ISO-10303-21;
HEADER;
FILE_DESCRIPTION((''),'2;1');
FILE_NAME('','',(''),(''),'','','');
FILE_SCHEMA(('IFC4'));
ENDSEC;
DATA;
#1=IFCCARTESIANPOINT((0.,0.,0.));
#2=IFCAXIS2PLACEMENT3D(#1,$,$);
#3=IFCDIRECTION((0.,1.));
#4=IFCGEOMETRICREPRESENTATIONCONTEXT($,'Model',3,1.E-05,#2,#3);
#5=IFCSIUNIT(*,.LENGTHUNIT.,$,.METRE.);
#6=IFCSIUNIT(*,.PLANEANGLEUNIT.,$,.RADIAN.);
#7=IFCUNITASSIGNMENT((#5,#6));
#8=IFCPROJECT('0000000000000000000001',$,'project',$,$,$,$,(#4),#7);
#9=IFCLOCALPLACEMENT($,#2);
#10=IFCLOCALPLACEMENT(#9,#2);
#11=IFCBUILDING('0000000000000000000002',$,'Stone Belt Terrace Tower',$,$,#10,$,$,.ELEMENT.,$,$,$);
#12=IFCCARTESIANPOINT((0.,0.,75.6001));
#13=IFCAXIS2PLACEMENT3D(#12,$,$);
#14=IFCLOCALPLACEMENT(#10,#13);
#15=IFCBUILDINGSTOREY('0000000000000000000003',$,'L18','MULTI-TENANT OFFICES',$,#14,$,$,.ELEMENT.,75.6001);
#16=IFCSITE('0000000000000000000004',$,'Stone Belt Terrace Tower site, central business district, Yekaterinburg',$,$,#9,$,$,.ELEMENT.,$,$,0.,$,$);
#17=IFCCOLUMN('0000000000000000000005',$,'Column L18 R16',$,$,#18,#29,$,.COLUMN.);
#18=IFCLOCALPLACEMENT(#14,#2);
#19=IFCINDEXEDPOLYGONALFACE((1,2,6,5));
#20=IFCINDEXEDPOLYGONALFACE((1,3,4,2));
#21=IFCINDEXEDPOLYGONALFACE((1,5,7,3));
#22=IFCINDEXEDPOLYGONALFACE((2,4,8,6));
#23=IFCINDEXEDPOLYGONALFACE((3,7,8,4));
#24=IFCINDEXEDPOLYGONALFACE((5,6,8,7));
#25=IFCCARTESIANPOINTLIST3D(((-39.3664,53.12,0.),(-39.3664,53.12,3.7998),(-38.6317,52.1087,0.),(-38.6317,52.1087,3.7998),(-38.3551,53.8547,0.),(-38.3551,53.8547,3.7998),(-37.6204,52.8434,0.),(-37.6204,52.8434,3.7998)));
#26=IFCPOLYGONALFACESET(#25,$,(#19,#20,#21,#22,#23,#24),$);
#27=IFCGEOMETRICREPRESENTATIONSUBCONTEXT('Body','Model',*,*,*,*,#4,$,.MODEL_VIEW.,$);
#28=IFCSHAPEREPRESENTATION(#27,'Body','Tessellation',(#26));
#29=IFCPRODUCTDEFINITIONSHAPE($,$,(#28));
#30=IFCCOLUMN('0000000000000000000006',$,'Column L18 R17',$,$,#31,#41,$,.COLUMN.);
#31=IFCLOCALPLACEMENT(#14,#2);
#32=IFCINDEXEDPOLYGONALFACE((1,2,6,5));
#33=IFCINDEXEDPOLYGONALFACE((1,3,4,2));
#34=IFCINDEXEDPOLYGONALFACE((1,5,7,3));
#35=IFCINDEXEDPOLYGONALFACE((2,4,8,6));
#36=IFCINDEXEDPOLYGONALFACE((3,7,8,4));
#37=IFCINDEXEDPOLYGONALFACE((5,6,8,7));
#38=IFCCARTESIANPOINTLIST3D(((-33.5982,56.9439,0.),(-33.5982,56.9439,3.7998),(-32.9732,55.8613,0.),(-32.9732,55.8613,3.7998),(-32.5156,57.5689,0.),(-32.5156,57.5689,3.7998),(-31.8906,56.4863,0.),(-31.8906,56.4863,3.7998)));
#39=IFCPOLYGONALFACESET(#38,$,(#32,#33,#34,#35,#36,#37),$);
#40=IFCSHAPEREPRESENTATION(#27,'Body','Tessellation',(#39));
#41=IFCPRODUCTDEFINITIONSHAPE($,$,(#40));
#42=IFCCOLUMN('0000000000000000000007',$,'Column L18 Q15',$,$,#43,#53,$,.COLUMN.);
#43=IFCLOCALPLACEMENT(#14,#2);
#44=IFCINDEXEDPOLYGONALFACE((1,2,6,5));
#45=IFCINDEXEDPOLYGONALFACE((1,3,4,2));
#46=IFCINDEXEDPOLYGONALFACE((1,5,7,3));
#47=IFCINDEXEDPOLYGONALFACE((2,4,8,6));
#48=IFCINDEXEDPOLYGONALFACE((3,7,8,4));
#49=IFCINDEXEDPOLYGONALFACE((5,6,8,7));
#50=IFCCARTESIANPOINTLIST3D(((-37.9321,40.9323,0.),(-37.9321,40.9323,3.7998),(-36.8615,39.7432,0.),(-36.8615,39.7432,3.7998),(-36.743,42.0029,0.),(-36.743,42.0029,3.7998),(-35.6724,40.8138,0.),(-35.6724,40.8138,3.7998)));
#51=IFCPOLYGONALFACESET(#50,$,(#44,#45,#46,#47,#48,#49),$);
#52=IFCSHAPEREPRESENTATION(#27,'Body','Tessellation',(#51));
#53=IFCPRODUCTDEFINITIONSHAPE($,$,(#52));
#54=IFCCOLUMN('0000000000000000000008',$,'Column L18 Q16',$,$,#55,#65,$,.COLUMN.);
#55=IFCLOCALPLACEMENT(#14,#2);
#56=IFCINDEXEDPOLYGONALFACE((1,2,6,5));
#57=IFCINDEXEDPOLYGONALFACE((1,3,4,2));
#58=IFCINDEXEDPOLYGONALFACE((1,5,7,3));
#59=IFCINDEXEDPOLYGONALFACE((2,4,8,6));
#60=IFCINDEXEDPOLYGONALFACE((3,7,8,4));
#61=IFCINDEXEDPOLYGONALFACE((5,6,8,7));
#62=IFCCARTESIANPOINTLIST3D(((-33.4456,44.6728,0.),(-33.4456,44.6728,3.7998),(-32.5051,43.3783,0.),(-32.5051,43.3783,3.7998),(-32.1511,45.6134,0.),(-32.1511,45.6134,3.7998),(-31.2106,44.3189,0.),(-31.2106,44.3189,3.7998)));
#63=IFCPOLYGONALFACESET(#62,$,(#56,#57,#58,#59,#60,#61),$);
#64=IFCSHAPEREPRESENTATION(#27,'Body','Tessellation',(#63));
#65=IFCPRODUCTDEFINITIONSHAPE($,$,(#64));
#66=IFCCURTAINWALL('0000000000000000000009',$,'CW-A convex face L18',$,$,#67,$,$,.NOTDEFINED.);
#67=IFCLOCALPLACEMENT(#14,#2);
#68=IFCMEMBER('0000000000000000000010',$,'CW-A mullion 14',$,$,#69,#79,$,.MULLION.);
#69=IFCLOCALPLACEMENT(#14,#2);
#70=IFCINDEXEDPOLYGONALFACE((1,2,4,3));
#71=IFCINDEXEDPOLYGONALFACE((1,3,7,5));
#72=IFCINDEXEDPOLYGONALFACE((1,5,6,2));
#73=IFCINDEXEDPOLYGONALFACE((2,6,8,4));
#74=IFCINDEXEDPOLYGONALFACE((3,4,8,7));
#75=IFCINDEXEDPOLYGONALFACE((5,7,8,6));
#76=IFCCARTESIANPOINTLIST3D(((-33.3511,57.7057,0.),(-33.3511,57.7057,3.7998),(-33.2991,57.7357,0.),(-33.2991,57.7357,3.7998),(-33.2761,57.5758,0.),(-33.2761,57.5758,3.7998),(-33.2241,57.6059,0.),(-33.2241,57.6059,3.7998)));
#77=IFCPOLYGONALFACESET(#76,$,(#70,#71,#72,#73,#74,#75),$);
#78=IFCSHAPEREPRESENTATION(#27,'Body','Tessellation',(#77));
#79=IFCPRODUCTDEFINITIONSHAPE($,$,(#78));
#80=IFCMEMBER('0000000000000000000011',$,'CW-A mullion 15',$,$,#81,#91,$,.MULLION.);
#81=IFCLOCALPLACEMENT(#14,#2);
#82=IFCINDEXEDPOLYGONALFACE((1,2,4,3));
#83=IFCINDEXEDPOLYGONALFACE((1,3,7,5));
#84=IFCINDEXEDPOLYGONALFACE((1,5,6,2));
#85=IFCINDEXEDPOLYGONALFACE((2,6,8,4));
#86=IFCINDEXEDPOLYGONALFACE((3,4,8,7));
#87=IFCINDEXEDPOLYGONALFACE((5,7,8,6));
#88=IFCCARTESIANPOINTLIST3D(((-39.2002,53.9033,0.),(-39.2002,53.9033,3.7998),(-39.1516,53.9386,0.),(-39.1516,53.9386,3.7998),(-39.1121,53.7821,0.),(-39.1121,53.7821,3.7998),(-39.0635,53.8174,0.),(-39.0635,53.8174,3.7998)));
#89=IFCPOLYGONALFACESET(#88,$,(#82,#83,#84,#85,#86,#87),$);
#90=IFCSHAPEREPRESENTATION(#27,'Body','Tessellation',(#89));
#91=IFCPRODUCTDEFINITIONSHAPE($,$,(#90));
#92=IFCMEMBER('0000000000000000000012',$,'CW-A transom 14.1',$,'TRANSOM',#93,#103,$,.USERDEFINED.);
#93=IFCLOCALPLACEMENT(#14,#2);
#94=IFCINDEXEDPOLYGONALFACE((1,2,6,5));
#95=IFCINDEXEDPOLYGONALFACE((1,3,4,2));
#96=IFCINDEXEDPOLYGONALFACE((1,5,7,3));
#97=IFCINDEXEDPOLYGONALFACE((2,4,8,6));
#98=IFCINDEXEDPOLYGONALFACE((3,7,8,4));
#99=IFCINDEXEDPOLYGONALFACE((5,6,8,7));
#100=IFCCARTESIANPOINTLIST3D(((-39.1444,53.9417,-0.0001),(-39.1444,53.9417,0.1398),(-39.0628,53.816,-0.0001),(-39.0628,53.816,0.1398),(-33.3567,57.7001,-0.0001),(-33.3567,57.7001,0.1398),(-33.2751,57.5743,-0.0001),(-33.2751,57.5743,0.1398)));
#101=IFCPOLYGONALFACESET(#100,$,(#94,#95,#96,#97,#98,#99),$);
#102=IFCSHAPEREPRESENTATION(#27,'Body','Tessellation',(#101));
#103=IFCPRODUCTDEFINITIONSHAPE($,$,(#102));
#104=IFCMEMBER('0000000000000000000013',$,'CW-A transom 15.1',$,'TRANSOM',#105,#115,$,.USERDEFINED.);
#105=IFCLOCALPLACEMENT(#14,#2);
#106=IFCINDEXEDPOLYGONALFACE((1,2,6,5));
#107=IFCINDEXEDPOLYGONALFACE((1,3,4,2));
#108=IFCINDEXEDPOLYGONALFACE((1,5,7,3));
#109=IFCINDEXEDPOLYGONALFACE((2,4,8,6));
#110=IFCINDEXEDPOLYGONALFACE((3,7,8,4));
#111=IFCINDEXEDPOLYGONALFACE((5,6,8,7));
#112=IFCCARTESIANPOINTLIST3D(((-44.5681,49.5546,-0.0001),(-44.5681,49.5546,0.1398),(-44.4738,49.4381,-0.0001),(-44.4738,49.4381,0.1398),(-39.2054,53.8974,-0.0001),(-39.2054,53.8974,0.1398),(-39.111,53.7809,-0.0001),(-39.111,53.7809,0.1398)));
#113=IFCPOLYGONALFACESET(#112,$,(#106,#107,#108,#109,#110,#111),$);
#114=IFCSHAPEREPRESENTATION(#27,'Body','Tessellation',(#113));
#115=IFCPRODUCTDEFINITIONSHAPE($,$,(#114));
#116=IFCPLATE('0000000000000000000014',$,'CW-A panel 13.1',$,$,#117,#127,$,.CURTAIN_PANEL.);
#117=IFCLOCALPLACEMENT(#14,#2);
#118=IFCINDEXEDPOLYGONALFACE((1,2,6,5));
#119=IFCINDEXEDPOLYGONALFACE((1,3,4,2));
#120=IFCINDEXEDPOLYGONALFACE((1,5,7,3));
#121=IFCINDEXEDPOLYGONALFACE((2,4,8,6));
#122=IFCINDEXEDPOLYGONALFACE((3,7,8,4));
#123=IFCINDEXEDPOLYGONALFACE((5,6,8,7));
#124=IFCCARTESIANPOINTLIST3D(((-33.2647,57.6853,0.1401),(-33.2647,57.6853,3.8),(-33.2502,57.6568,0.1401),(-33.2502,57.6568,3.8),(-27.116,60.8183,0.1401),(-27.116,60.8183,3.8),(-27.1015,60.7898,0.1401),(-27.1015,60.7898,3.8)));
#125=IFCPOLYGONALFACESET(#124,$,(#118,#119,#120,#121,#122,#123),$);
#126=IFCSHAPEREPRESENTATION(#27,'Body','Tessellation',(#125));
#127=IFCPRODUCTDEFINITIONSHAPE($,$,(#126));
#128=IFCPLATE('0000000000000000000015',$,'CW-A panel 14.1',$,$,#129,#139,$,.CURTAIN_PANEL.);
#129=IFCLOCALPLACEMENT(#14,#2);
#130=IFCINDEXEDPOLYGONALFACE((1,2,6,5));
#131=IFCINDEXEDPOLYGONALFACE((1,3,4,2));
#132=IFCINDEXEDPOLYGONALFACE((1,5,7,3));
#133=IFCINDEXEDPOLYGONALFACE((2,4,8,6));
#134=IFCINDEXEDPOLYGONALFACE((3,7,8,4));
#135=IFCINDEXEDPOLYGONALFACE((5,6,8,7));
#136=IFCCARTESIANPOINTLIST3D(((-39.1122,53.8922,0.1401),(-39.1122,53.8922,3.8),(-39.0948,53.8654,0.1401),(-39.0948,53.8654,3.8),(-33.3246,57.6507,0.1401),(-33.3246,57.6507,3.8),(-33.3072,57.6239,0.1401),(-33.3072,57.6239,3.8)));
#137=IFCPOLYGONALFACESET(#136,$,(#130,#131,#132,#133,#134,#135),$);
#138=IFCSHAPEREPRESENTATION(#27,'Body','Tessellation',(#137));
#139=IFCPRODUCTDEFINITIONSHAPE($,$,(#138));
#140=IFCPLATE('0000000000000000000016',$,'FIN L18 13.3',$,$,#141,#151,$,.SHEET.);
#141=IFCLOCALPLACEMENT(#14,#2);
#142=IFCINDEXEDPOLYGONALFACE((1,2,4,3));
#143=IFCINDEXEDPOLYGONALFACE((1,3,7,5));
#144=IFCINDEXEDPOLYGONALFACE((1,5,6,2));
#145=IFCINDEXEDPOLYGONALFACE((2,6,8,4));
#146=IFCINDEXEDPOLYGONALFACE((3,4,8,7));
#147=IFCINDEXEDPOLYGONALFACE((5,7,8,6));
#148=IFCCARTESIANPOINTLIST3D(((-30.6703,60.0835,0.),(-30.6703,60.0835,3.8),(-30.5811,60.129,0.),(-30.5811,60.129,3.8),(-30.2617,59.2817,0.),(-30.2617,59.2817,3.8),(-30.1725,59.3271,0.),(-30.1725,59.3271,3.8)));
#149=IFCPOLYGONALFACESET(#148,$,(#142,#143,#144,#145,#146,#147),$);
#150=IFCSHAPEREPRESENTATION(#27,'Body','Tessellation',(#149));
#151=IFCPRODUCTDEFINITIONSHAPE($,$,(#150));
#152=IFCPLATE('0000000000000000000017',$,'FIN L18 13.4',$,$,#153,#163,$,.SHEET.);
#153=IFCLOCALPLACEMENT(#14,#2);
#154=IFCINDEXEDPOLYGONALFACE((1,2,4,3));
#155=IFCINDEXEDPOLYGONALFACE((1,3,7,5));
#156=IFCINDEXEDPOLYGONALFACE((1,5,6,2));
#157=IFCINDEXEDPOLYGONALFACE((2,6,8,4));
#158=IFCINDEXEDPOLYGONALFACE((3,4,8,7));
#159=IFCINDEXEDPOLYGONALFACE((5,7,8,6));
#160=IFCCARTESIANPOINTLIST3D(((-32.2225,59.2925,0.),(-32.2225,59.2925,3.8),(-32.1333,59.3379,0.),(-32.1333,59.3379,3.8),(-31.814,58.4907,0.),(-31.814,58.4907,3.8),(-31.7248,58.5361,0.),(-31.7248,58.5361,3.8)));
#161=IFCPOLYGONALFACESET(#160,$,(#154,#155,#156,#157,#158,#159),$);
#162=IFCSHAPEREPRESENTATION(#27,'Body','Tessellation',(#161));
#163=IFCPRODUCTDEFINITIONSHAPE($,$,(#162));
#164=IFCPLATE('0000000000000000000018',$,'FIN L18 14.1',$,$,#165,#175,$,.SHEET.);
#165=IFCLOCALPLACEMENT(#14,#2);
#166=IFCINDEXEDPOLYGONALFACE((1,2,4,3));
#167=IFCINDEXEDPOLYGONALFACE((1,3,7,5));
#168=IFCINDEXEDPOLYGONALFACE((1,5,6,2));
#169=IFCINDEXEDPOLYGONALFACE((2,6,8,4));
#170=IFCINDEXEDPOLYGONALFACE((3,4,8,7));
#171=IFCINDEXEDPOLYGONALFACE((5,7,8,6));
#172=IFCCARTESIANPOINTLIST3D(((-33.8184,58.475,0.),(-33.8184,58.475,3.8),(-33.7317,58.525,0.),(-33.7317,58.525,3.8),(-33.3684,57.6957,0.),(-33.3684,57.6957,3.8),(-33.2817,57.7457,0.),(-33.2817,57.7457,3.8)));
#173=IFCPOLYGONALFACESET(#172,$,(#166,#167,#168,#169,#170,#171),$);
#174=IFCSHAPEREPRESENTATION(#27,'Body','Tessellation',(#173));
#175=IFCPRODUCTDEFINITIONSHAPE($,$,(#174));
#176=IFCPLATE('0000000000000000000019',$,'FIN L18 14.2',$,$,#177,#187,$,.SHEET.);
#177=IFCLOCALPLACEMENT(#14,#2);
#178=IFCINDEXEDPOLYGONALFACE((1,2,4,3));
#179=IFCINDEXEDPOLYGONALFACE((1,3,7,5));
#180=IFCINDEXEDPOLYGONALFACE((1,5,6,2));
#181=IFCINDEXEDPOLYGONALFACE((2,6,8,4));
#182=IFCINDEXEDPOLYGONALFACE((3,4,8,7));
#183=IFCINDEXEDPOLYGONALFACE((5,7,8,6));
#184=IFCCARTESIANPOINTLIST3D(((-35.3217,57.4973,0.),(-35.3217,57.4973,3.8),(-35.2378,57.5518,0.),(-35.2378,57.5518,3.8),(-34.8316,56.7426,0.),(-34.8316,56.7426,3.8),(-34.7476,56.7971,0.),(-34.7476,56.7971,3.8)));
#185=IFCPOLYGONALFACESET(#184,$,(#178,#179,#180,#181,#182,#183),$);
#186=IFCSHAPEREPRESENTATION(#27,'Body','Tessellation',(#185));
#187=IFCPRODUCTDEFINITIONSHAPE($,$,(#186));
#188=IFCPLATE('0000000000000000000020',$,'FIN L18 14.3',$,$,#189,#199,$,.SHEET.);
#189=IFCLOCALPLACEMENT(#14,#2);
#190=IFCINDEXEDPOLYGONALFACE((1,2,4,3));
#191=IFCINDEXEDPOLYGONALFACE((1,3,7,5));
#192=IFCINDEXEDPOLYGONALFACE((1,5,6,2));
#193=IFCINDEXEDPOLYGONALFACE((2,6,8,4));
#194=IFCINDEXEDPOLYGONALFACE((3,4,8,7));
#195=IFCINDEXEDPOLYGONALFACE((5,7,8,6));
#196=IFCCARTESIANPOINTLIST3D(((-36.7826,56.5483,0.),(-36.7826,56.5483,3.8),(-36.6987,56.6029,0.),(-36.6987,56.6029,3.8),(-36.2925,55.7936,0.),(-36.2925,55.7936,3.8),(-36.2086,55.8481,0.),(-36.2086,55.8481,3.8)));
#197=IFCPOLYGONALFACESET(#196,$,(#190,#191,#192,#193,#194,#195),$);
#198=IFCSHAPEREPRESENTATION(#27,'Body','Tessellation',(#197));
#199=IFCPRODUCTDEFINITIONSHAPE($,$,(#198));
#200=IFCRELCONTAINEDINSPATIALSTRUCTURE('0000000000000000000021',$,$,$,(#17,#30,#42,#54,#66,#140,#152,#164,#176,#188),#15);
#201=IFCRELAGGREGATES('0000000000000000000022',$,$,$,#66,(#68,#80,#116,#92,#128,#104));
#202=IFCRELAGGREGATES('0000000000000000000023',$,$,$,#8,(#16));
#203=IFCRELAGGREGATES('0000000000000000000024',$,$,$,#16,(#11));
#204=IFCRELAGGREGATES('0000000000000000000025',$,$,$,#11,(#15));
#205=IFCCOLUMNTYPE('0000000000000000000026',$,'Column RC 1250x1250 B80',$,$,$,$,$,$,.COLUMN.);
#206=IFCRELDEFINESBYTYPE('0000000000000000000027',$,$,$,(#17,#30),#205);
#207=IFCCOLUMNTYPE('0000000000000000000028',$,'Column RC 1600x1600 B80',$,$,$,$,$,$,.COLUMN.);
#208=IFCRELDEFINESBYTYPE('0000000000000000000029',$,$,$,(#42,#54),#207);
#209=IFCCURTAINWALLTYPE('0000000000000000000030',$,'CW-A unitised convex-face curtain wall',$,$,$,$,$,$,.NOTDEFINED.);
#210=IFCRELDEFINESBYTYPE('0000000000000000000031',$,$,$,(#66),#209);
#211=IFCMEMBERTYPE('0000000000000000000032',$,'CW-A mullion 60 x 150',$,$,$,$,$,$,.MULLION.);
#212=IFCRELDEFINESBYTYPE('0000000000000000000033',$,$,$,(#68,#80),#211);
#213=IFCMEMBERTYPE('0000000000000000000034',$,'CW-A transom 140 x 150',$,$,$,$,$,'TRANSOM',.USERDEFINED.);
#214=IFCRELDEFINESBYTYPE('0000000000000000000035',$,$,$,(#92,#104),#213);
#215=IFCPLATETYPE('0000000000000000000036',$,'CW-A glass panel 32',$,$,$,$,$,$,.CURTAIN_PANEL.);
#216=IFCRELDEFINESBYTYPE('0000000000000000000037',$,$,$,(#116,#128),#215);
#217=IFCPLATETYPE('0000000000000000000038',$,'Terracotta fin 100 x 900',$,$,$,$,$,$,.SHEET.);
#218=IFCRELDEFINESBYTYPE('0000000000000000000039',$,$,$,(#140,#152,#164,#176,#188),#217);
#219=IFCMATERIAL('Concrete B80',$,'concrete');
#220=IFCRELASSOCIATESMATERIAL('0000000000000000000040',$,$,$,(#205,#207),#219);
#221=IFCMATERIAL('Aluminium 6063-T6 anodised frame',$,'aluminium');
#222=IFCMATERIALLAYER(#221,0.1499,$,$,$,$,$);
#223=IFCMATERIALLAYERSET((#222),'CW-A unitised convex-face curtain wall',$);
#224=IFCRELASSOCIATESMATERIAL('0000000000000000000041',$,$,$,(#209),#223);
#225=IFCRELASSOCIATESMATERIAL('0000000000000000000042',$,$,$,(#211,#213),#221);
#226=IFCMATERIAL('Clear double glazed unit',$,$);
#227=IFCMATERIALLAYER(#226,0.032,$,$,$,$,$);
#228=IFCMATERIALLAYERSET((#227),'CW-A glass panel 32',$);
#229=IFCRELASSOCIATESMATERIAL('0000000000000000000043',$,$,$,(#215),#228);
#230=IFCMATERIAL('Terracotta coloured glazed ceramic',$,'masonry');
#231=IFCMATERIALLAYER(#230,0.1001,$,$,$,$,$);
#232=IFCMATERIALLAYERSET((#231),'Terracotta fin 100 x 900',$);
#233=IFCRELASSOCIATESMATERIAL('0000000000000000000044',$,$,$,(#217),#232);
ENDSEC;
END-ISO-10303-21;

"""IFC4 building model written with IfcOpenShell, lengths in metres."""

from ifc_helpers import new_model, si_unit, direction, frame, origin, origin_2d, place, context, subcontext, project, spatial, rectangle, extrude, material, layer, layer_set, material_profile, profile_set, type_object, element, aggregate, save


model = new_model("IFC4")

# Units and contexts
model_context = context("Model", 3, precision=1e-05, world=origin(), true_north=direction((0.0, 1.0)))
body_context = subcontext(model_context, "Body", "Model", "MODEL_VIEW")
ifc_project = project(units=[si_unit("LENGTHUNIT", "METRE"), si_unit("PLANEANGLEUNIT", "RADIAN")], contexts=[model_context])

# Site, building, storey
site_placement = place(None, origin())
site = spatial("IfcSite", under=ifc_project, at=site_placement, Name="Stone Belt Terrace Tower site, central business district, Yekaterinburg", CompositionType="ELEMENT", RefElevation=0.0)
building_placement = place(site_placement, origin())
building = spatial("IfcBuilding", under=site, at=building_placement, Name="Stone Belt Terrace Tower", CompositionType="ELEMENT")
storey_placement = place(building_placement, frame((0.0, 0.0, 75.6001)))
storey = spatial("IfcBuildingStorey", under=building, at=storey_placement, Name="L18", Description="MULTI-TENANT OFFICES", CompositionType="ELEMENT", Elevation=75.6001)

# Columns
ifc_material_1 = material(Name="Concrete B80", Category="concrete")
ifc_material_profile_1 = material_profile(ifc_material_1, rectangle(XDim=1.25, YDim=1.25, at=origin_2d()), Name="RC 1250x1250")
ifc_profile_set_1 = profile_set([ifc_material_profile_1], Name="Concrete B80")
column_type_1 = type_object("IfcColumnType", Name="Column RC 1250x1250 B80", PredefinedType="COLUMN", material=ifc_profile_set_1)
for number, where, z_axis, x_axis, name in (
    (1, (-38.4934, 52.9817, 0.0), (0.0, 0.0, 1.0), (0.809017, 0.587785, 0.0), "Column L18 R16"),
    (2, (-32.7444, 56.7151, 0.0), (0.0, 0.0, 1.0), (0.866025, 0.5, 0.0), "Column L18 R17"),
):
    element("IfcColumn", number, at=place(storey_placement, frame(where, z_axis=z_axis, x_axis=x_axis)), inside=storey, type_object=column_type_1, Name=name, PredefinedType="COLUMN", context=body_context, shape_type="SweptSolid", body=[
        extrude(rectangle(XDim=1.25, YDim=1.25, at=origin_2d()), origin(), (0.0, 0.0, 1.0), 3.7998),
    ])
ifc_material_profile_2 = material_profile(ifc_material_1, rectangle(XDim=1.6001, YDim=1.6001, at=origin_2d()), Name="RC 1600x1600")
ifc_profile_set_2 = profile_set([ifc_material_profile_2], Name="Concrete B80")
column_type_2 = type_object("IfcColumnType", Name="Column RC 1600x1600 B80", PredefinedType="COLUMN", material=ifc_profile_set_2)
for number, where, z_axis, x_axis, name in (
    (3, (-36.8022, 40.873, 0.0), (0.0, 0.0, 1.0), (0.743145, 0.669131, 0.0), "Column L18 Q15"),
    (4, (-32.3281, 44.4958, 0.0), (0.0, 0.0, 1.0), (0.809017, 0.587785, 0.0), "Column L18 Q16"),
):
    element("IfcColumn", number, at=place(storey_placement, frame(where, z_axis=z_axis, x_axis=x_axis)), inside=storey, type_object=column_type_2, Name=name, PredefinedType="COLUMN", context=body_context, shape_type="SweptSolid", body=[
        extrude(rectangle(XDim=1.6001, YDim=1.6001, at=origin_2d()), origin(), (0.0, 0.0, 1.0), 3.7998),
    ])

# Curtain wall, members, plates
ifc_material_2 = material(Name="Aluminium 6063-T6 anodised frame", Category="aluminium")
ifc_layer_1 = layer(ifc_material_2, 0.1499)
ifc_layer_set_1 = layer_set([ifc_layer_1], Name="CW-A unitised convex-face curtain wall")
curtain_wall_type = type_object("IfcCurtainWallType", Name="CW-A unitised convex-face curtain wall", PredefinedType="NOTDEFINED", material=ifc_layer_set_1)
curtain_wall_placement = place(storey_placement, origin())
curtain_wall = element("IfcCurtainWall", 5, at=curtain_wall_placement, inside=storey, type_object=curtain_wall_type, Name="CW-A convex face L18", PredefinedType="NOTDEFINED")
ifc_material_profile_3 = material_profile(ifc_material_2, rectangle(XDim=0.1499, YDim=0.0601, at=origin_2d()), Name="Aluminium 6063-T6 60x150")
ifc_profile_set_3 = profile_set([ifc_material_profile_3], Name="Aluminium 6063-T6 anodised frame")
member_type_1 = type_object("IfcMemberType", Name="CW-A mullion 60 x 150", PredefinedType="MULLION", material=ifc_profile_set_3)
member_1_placement = place(storey_placement, frame((-33.2876, 57.6558, 0.0), z_axis=(0.0, 0.0, 1.0), x_axis=(0.5, -0.866025, 0.0)))
member_1 = element("IfcMember", 6, at=member_1_placement, type_object=member_type_1, Name="CW-A mullion 14", PredefinedType="MULLION", context=body_context, shape_type="SweptSolid", body=[
    extrude(rectangle(XDim=0.1499, YDim=0.0601, at=origin_2d()), origin(), (0.0, 0.0, 1.0), 3.7998),
])
member_2_placement = place(storey_placement, frame((-39.1318, 53.8604, 0.0), z_axis=(0.0, 0.0, 1.0), x_axis=(0.587785, -0.809017, 0.0)))
member_2 = element("IfcMember", 7, at=member_2_placement, type_object=member_type_1, Name="CW-A mullion 15", PredefinedType="MULLION", context=body_context, shape_type="SweptSolid", body=[
    extrude(rectangle(XDim=0.1499, YDim=0.0601, at=origin_2d()), origin(), (0.0, 0.0, 1.0), 3.7998),
])
ifc_material_profile_4 = material_profile(ifc_material_2, rectangle(XDim=0.1499, YDim=0.1399, at=origin_2d()), Name="Aluminium 6063-T6 150x140")
ifc_profile_set_4 = profile_set([ifc_material_profile_4], Name="Aluminium 6063-T6 anodised frame")
member_type_2 = type_object("IfcMemberType", Name="CW-A transom 140 x 150", ElementType="TRANSOM", PredefinedType="USERDEFINED", material=ifc_profile_set_4)
member_3_placement = place(storey_placement, frame((-33.3159, 57.6372, 0.0698), z_axis=(-0.838684, -0.544618, 0.0), x_axis=(0.544618, -0.838684, 0.0)))
member_3 = element("IfcMember", 8, at=member_3_placement, type_object=member_type_2, Name="CW-A transom 14.1", ObjectType="TRANSOM", PredefinedType="USERDEFINED", context=body_context, shape_type="SweptSolid", body=[
    extrude(rectangle(XDim=0.1499, YDim=0.1399, at=origin_2d()), origin(), (0.0, 0.0, 1.0), 6.9009),
])
member_4_placement = place(storey_placement, frame((-39.1582, 53.8391, 0.0698), z_axis=(-0.777141, -0.629326, 0.0), x_axis=(0.629326, -0.777141, 0.0)))
member_4 = element("IfcMember", 9, at=member_4_placement, type_object=member_type_2, Name="CW-A transom 15.1", ObjectType="TRANSOM", PredefinedType="USERDEFINED", context=body_context, shape_type="SweptSolid", body=[
    extrude(rectangle(XDim=0.1499, YDim=0.1399, at=origin_2d()), origin(), (0.0, 0.0, 1.0), 6.9006),
])
ifc_material_3 = material(Name="Clear double glazed unit")
ifc_layer_2 = layer(ifc_material_3, 0.032)
ifc_layer_set_2 = layer_set([ifc_layer_2], Name="CW-A glass panel 32")
plate_type_1 = type_object("IfcPlateType", Name="CW-A glass panel 32", PredefinedType="CURTAIN_PANEL", material=ifc_layer_set_2)
plate_1_placement = place(storey_placement, frame((-30.1831, 59.2375, 0.1401), z_axis=(0.0, 0.0, 1.0), x_axis=(-0.891007, -0.45399, 0.0)))
plate_1 = element("IfcPlate", 10, at=plate_1_placement, type_object=plate_type_1, Name="CW-A panel 13.1", PredefinedType="CURTAIN_PANEL", context=body_context, shape_type="SweptSolid", body=[
    extrude(rectangle(XDim=6.9009, YDim=0.032, at=origin_2d()), origin(), (0.0, 0.0, 1.0), 3.6599),
])
plate_2_placement = place(storey_placement, frame((-36.2097, 55.7581, 0.1401), z_axis=(0.0, 0.0, 1.0), x_axis=(-0.838671, -0.544639, 0.0)))
plate_2 = element("IfcPlate", 11, at=plate_2_placement, type_object=plate_type_1, Name="CW-A panel 14.1", PredefinedType="CURTAIN_PANEL", context=body_context, shape_type="SweptSolid", body=[
    extrude(rectangle(XDim=6.9009, YDim=0.032, at=origin_2d()), origin(), (0.0, 0.0, 1.0), 3.6599),
])
aggregate(curtain_wall, [member_1, member_2, plate_1, member_3, plate_2, member_4])

# Plates
ifc_material_4 = material(Name="Terracotta coloured glazed ceramic", Category="masonry")
ifc_layer_3 = layer(ifc_material_4, 0.1001)
ifc_layer_set_3 = layer_set([ifc_layer_3], Name="Terracotta fin 100 x 900")
plate_type_2 = type_object("IfcPlateType", Name="Terracotta fin 100 x 900", PredefinedType="SHEET", material=ifc_layer_set_3)
for number, where, z_axis, x_axis, name in (
    (12, (-30.4214, 59.7053, 0.0), (0.0, 0.0, 1.0), (-0.45399, 0.891007, 0.0), "FIN L18 13.3"),
    (13, (-31.9736, 58.9143, 0.0), (0.0, 0.0, 1.0), (-0.45399, 0.891007, 0.0), "FIN L18 13.4"),
    (14, (-33.55, 58.1104, 0.0), (0.0, 0.0, 1.0), (-0.5, 0.866025, 0.0), "FIN L18 14.1"),
    (15, (-35.0347, 57.1472, 0.0), (0.0, 0.0, 1.0), (-0.544639, 0.838671, 0.0), "FIN L18 14.2"),
    (16, (-36.4956, 56.1982, 0.0), (0.0, 0.0, 1.0), (-0.544639, 0.838671, 0.0), "FIN L18 14.3"),
):
    element("IfcPlate", number, at=place(storey_placement, frame(where, z_axis=z_axis, x_axis=x_axis)), inside=storey, type_object=plate_type_2, Name=name, PredefinedType="SHEET", context=body_context, shape_type="SweptSolid", body=[
        extrude(rectangle(XDim=0.8999, YDim=0.1001, at=origin_2d()), origin(), (0.0, 0.0, 1.0), 3.8),
    ])

save(model, "model.ifc")
